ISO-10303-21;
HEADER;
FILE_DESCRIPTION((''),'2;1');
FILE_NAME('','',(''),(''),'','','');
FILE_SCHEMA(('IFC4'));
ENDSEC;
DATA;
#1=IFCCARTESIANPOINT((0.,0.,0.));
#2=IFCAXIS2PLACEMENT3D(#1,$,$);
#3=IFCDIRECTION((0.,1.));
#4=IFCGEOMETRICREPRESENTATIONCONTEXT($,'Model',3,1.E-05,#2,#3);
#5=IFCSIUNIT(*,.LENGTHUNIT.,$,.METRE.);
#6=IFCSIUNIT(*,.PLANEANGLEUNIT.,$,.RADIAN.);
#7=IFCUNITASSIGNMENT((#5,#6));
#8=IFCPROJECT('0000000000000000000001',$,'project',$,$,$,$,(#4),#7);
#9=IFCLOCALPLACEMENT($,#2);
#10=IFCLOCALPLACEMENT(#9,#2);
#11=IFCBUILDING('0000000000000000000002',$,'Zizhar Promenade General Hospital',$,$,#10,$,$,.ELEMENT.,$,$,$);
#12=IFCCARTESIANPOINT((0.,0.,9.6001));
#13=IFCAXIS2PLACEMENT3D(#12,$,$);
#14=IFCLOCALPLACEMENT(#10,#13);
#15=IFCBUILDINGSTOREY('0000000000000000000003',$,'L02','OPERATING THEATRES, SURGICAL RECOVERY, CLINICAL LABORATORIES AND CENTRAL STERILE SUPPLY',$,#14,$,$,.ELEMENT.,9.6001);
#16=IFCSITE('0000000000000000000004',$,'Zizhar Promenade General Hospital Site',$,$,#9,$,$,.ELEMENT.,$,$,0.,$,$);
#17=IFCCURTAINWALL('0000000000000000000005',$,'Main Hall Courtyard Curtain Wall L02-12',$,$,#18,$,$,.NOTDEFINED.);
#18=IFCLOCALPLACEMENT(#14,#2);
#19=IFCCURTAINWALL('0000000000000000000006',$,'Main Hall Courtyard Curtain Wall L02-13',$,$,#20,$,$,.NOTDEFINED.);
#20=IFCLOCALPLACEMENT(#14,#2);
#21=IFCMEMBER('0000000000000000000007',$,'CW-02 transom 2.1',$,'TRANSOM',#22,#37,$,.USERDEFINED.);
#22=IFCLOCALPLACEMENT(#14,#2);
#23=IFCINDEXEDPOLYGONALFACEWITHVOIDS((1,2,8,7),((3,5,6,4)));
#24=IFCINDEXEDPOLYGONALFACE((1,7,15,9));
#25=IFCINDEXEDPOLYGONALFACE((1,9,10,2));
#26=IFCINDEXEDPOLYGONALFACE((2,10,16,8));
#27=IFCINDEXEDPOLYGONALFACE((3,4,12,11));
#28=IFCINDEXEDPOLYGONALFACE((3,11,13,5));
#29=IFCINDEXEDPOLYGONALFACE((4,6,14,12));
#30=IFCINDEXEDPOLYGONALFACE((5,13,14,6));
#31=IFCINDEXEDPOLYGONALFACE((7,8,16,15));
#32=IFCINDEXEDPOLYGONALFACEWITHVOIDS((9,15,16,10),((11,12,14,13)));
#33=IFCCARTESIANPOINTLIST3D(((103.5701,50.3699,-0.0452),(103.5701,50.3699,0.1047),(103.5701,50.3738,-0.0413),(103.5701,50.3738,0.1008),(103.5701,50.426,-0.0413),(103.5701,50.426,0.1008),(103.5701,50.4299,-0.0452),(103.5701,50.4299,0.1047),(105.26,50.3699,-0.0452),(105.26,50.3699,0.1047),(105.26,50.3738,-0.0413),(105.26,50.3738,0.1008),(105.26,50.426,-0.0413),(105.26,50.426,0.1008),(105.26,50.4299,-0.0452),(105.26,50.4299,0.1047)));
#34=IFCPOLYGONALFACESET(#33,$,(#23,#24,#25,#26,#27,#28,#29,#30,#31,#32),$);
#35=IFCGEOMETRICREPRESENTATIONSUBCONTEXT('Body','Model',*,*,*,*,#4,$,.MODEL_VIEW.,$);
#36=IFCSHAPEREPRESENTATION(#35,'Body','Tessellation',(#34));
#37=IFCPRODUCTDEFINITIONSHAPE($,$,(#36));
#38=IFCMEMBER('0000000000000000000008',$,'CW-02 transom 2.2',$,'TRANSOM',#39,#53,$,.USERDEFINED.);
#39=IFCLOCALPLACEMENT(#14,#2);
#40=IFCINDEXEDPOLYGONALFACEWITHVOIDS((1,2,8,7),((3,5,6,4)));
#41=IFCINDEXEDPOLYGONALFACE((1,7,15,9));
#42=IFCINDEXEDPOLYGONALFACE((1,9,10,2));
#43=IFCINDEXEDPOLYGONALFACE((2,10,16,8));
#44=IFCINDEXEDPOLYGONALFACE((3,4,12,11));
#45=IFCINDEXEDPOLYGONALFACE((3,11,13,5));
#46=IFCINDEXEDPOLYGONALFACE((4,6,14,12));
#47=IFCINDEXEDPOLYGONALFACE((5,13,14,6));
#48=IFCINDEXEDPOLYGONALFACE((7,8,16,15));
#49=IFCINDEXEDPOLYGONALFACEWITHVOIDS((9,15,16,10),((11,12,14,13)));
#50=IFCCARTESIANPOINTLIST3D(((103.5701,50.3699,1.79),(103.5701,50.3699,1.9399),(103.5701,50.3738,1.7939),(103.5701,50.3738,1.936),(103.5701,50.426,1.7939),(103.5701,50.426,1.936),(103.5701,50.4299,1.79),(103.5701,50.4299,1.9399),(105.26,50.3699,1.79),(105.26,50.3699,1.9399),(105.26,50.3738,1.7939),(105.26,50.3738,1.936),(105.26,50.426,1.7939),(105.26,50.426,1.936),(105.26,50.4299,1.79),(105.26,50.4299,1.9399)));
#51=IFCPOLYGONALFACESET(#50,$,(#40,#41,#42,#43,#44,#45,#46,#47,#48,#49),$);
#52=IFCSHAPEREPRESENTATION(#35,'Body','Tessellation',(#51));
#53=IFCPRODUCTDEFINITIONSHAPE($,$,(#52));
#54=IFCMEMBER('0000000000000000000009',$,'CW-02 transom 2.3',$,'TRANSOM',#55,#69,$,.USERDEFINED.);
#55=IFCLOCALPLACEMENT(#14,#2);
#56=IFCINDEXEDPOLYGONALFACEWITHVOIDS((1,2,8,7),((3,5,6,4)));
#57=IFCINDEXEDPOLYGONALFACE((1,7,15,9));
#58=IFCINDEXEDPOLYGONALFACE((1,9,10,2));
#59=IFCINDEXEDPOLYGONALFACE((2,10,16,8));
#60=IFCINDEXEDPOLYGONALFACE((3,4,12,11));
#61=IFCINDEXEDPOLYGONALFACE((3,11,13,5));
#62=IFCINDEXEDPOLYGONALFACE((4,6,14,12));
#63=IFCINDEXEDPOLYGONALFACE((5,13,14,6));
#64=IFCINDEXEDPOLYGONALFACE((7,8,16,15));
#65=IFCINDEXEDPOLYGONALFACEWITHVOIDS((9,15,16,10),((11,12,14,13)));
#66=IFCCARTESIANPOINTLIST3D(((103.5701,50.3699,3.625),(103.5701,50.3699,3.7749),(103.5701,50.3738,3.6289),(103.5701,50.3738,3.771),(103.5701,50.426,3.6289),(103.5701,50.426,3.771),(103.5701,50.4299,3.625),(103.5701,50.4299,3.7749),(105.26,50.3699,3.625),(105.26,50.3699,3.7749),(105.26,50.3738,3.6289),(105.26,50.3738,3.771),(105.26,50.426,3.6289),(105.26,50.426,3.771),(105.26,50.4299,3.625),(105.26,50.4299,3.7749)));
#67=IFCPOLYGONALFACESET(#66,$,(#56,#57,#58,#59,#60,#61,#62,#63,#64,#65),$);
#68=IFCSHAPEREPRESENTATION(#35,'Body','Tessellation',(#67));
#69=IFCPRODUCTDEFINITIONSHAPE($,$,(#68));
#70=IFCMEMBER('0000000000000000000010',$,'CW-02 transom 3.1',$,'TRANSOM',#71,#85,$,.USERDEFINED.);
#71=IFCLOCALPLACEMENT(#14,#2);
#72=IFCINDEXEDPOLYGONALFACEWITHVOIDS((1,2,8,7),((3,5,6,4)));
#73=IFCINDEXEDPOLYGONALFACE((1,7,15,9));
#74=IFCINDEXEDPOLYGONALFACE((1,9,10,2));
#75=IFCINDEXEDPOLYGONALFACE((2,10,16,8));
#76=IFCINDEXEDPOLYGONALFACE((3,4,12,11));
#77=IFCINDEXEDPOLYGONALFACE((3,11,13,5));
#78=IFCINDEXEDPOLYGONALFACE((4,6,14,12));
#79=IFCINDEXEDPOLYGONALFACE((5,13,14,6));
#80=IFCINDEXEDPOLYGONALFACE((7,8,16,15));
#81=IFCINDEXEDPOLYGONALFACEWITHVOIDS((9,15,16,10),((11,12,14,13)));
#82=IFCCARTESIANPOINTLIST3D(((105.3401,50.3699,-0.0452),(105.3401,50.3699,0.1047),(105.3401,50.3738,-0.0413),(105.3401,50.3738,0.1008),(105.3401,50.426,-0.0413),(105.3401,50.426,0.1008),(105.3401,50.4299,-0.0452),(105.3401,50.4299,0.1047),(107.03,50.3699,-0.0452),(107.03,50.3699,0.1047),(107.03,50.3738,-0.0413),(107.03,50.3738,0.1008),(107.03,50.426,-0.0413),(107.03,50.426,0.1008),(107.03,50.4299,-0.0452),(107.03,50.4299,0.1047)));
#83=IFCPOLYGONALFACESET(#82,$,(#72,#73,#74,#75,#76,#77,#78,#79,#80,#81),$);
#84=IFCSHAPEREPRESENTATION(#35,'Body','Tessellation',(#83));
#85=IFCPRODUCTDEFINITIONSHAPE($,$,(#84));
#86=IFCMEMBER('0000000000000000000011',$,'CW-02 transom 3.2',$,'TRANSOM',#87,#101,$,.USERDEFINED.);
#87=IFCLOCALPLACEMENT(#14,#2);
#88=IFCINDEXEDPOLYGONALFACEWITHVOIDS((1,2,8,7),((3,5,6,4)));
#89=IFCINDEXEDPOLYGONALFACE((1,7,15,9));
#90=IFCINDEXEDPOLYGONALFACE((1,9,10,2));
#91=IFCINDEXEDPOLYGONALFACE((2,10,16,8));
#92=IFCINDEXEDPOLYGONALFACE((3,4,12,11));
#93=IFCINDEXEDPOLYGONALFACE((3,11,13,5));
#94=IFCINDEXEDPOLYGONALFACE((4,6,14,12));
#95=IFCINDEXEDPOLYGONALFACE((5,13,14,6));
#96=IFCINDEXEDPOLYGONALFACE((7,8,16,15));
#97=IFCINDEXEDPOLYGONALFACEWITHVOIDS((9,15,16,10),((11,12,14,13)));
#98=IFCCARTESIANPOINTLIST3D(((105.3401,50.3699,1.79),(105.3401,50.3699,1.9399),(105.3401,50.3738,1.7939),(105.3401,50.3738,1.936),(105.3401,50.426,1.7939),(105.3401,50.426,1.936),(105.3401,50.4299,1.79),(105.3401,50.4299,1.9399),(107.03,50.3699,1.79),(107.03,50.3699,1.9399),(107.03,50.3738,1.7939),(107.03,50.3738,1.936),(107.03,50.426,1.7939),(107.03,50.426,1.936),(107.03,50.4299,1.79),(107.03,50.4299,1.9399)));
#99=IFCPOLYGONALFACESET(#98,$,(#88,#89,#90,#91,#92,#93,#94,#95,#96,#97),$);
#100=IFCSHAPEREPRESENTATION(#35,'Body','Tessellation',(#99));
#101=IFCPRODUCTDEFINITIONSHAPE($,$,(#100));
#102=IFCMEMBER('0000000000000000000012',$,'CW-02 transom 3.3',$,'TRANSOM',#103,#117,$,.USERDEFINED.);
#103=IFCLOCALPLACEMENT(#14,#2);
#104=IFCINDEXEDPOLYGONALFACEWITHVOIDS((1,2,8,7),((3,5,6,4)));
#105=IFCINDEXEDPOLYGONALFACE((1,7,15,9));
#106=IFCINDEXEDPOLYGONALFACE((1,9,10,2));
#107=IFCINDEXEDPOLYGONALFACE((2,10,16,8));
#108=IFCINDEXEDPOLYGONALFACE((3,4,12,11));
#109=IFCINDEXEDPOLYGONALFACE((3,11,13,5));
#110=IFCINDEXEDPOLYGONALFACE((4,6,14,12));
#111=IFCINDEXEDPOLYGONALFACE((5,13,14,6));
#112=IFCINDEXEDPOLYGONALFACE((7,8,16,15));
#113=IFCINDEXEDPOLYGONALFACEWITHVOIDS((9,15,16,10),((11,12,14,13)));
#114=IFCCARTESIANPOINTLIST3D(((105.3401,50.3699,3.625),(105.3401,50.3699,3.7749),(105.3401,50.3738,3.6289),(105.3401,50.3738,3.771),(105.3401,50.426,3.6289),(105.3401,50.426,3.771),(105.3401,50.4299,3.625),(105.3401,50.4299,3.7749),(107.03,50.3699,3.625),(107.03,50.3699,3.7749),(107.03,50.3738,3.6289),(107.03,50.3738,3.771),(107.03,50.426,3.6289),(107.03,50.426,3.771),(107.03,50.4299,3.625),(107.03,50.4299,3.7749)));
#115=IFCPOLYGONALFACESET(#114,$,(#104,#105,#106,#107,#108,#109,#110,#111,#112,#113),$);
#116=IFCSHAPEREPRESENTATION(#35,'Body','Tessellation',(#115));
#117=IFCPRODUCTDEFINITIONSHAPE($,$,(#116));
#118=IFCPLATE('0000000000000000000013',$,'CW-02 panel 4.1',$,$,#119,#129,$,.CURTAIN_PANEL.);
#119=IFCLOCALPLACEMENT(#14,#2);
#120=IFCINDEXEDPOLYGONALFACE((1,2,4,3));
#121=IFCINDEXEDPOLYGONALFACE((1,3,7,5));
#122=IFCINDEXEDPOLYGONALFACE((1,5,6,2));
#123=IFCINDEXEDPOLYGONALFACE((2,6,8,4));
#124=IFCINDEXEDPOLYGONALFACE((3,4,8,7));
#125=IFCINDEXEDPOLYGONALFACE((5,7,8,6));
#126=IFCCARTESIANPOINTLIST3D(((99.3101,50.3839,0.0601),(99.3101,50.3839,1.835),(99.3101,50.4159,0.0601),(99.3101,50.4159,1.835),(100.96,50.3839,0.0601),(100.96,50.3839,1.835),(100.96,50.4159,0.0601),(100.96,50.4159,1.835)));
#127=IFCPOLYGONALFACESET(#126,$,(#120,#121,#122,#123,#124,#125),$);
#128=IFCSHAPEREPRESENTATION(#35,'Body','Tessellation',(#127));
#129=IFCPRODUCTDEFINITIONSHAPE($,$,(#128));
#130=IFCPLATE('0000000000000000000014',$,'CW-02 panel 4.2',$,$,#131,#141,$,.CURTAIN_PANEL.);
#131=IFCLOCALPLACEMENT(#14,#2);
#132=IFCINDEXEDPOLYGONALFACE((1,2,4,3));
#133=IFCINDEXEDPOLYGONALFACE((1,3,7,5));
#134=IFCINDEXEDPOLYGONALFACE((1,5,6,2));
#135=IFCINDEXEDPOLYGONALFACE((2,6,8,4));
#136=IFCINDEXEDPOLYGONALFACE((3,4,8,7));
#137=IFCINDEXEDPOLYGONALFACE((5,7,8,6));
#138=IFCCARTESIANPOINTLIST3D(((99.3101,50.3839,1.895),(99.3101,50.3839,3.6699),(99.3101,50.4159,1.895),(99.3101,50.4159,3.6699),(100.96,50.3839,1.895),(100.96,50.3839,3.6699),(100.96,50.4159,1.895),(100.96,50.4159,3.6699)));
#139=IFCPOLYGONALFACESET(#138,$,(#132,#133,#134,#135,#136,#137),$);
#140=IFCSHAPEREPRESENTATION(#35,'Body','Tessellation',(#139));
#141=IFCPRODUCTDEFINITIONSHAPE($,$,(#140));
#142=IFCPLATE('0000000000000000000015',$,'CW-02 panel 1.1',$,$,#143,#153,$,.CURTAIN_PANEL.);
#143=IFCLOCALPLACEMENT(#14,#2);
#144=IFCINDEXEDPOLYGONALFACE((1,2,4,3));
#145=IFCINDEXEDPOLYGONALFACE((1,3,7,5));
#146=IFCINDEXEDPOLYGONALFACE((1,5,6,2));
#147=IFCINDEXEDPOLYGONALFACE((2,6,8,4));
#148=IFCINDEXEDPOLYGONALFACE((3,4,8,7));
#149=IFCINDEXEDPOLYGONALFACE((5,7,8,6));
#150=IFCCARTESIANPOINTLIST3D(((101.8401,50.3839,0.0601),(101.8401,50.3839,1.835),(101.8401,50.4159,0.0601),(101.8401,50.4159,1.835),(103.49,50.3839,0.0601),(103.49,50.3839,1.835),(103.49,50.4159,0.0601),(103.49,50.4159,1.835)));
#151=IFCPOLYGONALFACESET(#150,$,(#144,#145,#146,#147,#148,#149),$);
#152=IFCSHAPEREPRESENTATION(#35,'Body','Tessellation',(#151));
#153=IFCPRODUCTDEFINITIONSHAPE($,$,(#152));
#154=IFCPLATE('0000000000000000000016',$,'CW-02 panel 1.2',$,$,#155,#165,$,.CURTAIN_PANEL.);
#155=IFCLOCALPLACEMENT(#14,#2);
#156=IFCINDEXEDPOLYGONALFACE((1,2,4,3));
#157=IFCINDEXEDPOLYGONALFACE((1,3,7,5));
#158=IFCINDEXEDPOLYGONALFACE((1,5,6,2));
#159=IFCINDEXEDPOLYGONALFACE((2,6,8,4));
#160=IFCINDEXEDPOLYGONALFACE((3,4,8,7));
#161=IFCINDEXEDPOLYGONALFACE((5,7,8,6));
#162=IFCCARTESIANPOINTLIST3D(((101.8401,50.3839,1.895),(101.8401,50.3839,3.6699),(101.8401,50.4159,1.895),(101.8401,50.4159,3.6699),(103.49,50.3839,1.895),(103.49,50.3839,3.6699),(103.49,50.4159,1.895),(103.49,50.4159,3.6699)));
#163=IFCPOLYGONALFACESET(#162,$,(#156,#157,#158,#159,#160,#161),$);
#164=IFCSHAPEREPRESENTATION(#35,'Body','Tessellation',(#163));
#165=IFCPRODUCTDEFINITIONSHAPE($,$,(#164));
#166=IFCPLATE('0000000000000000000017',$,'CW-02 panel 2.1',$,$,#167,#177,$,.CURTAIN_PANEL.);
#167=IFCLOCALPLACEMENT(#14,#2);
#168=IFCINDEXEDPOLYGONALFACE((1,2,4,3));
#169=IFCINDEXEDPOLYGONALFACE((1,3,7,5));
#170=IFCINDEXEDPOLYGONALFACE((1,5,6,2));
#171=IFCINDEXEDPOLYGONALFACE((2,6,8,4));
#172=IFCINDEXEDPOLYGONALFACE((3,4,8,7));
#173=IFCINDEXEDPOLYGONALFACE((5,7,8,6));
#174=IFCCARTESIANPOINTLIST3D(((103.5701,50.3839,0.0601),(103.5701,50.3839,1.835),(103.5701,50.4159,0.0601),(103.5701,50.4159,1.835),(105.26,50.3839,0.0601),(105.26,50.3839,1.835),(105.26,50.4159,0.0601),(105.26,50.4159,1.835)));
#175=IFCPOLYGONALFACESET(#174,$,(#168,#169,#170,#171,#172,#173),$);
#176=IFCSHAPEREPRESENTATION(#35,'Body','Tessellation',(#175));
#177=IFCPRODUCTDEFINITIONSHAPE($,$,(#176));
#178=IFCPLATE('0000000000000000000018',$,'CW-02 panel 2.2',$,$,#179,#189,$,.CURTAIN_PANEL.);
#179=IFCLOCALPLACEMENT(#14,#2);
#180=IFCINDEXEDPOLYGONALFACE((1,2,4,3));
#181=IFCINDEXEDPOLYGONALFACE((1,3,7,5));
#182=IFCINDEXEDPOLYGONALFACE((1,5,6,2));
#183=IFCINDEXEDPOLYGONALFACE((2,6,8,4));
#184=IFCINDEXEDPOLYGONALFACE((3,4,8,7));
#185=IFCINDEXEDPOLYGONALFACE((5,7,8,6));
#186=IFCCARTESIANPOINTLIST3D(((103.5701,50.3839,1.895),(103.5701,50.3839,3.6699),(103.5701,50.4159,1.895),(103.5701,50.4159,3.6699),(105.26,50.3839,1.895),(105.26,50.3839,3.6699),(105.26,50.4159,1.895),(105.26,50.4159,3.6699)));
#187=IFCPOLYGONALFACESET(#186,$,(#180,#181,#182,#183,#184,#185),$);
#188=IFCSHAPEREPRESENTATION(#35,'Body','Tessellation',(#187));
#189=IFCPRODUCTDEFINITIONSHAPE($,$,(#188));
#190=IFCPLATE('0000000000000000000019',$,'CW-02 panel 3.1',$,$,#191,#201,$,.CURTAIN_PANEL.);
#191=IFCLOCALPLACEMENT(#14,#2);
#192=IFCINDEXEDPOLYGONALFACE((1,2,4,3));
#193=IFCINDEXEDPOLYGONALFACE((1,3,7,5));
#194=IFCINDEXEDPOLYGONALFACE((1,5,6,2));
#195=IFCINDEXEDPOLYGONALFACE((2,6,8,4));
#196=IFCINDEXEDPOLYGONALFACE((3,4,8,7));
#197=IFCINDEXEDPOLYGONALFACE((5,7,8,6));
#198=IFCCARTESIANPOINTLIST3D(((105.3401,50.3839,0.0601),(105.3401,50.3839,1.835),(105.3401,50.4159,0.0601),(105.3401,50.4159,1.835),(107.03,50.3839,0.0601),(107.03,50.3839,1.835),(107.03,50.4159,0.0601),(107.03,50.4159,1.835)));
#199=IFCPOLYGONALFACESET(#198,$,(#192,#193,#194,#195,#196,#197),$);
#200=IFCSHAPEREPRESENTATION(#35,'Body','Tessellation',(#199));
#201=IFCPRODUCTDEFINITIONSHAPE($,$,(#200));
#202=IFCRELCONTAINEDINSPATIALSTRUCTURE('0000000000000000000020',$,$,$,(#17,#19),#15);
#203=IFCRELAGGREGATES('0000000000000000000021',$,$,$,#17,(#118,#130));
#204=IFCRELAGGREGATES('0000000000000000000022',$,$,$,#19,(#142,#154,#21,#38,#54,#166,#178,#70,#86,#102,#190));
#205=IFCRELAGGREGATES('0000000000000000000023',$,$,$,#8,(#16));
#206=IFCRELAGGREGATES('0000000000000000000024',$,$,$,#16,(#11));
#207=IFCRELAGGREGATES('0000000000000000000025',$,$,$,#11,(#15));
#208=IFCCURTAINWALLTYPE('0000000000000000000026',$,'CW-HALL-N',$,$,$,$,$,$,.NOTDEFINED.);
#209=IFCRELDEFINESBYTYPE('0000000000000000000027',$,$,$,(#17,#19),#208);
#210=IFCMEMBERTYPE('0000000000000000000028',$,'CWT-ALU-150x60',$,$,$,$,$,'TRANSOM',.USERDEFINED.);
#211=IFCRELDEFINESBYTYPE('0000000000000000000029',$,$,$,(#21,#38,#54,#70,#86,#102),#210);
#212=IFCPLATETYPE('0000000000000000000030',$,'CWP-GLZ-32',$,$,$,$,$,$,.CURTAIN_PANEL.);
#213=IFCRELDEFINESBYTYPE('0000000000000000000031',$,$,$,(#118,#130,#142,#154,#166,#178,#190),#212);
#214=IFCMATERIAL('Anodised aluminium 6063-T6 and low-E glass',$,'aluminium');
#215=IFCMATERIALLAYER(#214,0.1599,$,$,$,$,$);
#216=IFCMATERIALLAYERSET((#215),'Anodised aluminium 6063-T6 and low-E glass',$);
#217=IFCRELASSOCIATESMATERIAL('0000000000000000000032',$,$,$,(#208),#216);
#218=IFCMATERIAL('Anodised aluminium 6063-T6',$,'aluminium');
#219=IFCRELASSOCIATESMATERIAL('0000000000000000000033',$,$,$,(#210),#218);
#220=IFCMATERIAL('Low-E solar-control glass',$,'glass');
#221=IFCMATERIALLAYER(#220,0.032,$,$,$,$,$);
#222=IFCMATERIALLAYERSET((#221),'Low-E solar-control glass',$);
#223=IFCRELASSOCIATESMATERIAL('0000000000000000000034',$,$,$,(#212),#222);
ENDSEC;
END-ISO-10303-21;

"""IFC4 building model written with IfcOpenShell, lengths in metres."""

from ifc_helpers import new_model, si_unit, direction, frame, origin, origin_2d, place, context, subcontext, project, spatial, rectangle, hollow_rectangle, extrude, material, layer, layer_set, material_profile, profile_set, type_object, element, aggregate, save


model = new_model("IFC4")

# Units and contexts
model_context = context("Model", 3, precision=1e-05, world=origin(), true_north=direction((0.0, 1.0)))
body_context = subcontext(model_context, "Body", "Model", "MODEL_VIEW")
ifc_project = project(units=[si_unit("LENGTHUNIT", "METRE"), si_unit("PLANEANGLEUNIT", "RADIAN")], contexts=[model_context])

# Site, building, storey
site_placement = place(None, origin())
site = spatial("IfcSite", under=ifc_project, at=site_placement, Name="Zizhar Promenade General Hospital Site", CompositionType="ELEMENT", RefElevation=0.0)
building_placement = place(site_placement, origin())
building = spatial("IfcBuilding", under=site, at=building_placement, Name="Zizhar Promenade General Hospital", CompositionType="ELEMENT")
storey_placement = place(building_placement, frame((0.0, 0.0, 9.6001)))
storey = spatial("IfcBuildingStorey", under=building, at=storey_placement, Name="L02", Description="OPERATING THEATRES, SURGICAL RECOVERY, CLINICAL LABORATORIES AND CENTRAL STERILE SUPPLY", CompositionType="ELEMENT", Elevation=9.6001)

# Curtain wall
ifc_material_1 = material(Name="Anodised aluminium 6063-T6 and low-E glass", Category="aluminium")
ifc_layer_1 = layer(ifc_material_1, 0.1599)
ifc_layer_set_1 = layer_set([ifc_layer_1], Name="Anodised aluminium 6063-T6 and low-E glass")
curtain_wall_type = type_object("IfcCurtainWallType", Name="CW-HALL-N", PredefinedType="NOTDEFINED", material=ifc_layer_set_1)
curtain_wall_1_placement = place(storey_placement, origin())
curtain_wall_1 = element("IfcCurtainWall", 1, at=curtain_wall_1_placement, inside=storey, type_object=curtain_wall_type, Name="Main Hall Courtyard Curtain Wall L02-12", PredefinedType="NOTDEFINED")

# Curtain wall
curtain_wall_2_placement = place(storey_placement, origin())
curtain_wall_2 = element("IfcCurtainWall", 2, at=curtain_wall_2_placement, inside=storey, type_object=curtain_wall_type, Name="Main Hall Courtyard Curtain Wall L02-13", PredefinedType="NOTDEFINED")

# Members
ifc_material_2 = material(Name="Anodised aluminium 6063-T6", Category="aluminium")
ifc_material_profile_1 = material_profile(ifc_material_2, hollow_rectangle(XDim=0.0601, YDim=0.1499, WallThickness=0.0039, at=origin_2d()))
ifc_profile_set_1 = profile_set([ifc_material_profile_1], Name="Anodised aluminium 6063-T6")
member_type_1 = type_object("IfcMemberType", Name="CWT-ALU-150x60", ElementType="TRANSOM", PredefinedType="USERDEFINED", material=ifc_profile_set_1)
member_1_placement = place(storey_placement, frame((103.5701, 50.3999, 0.0298), z_axis=(1.0, 0.0, 0.0), x_axis=(0.0, 1.0, 0.0)))
member_1 = element("IfcMember", 3, at=member_1_placement, type_object=member_type_1, Name="CW-02 transom 2.1", ObjectType="TRANSOM", PredefinedType="USERDEFINED", context=body_context, shape_type="SweptSolid", body=[
    extrude(hollow_rectangle(XDim=0.0601, YDim=0.1499, WallThickness=0.0039, at=origin_2d()), origin(), (0.0, 0.0, 1.0), 1.6899),
])
member_2_placement = place(storey_placement, frame((103.5701, 50.3999, 1.865), z_axis=(1.0, 0.0, 0.0), x_axis=(0.0, 1.0, 0.0)))
member_2 = element("IfcMember", 4, at=member_2_placement, type_object=member_type_1, Name="CW-02 transom 2.2", ObjectType="TRANSOM", PredefinedType="USERDEFINED", context=body_context, shape_type="SweptSolid", body=[
    extrude(hollow_rectangle(XDim=0.0601, YDim=0.1499, WallThickness=0.0039, at=origin_2d()), origin(), (0.0, 0.0, 1.0), 1.6899),
])
member_3_placement = place(storey_placement, frame((103.5701, 50.3999, 3.7), z_axis=(1.0, 0.0, 0.0), x_axis=(0.0, 1.0, 0.0)))
member_3 = element("IfcMember", 5, at=member_3_placement, type_object=member_type_1, Name="CW-02 transom 2.3", ObjectType="TRANSOM", PredefinedType="USERDEFINED", context=body_context, shape_type="SweptSolid", body=[
    extrude(hollow_rectangle(XDim=0.0601, YDim=0.1499, WallThickness=0.0039, at=origin_2d()), origin(), (0.0, 0.0, 1.0), 1.6899),
])
member_4_placement = place(storey_placement, frame((105.3401, 50.3999, 0.0298), z_axis=(1.0, 0.0, 0.0), x_axis=(0.0, 1.0, 0.0)))
member_4 = element("IfcMember", 6, at=member_4_placement, type_object=member_type_1, Name="CW-02 transom 3.1", ObjectType="TRANSOM", PredefinedType="USERDEFINED", context=body_context, shape_type="SweptSolid", body=[
    extrude(hollow_rectangle(XDim=0.0601, YDim=0.1499, WallThickness=0.0039, at=origin_2d()), origin(), (0.0, 0.0, 1.0), 1.6899),
])
member_5_placement = place(storey_placement, frame((105.3401, 50.3999, 1.865), z_axis=(1.0, 0.0, 0.0), x_axis=(0.0, 1.0, 0.0)))
member_5 = element("IfcMember", 7, at=member_5_placement, type_object=member_type_1, Name="CW-02 transom 3.2", ObjectType="TRANSOM", PredefinedType="USERDEFINED", context=body_context, shape_type="SweptSolid", body=[
    extrude(hollow_rectangle(XDim=0.0601, YDim=0.1499, WallThickness=0.0039, at=origin_2d()), origin(), (0.0, 0.0, 1.0), 1.6899),
])
member_6_placement = place(storey_placement, frame((105.3401, 50.3999, 3.7), z_axis=(1.0, 0.0, 0.0), x_axis=(0.0, 1.0, 0.0)))
member_6 = element("IfcMember", 8, at=member_6_placement, type_object=member_type_1, Name="CW-02 transom 3.3", ObjectType="TRANSOM", PredefinedType="USERDEFINED", context=body_context, shape_type="SweptSolid", body=[
    extrude(hollow_rectangle(XDim=0.0601, YDim=0.1499, WallThickness=0.0039, at=origin_2d()), origin(), (0.0, 0.0, 1.0), 1.6899),
])

# Plates
ifc_material_3 = material(Name="Low-E solar-control glass", Category="glass")
ifc_layer_2 = layer(ifc_material_3, 0.032)
ifc_layer_set_2 = layer_set([ifc_layer_2], Name="Low-E solar-control glass")
plate_type = type_object("IfcPlateType", Name="CWP-GLZ-32", PredefinedType="CURTAIN_PANEL", material=ifc_layer_set_2)
plate_1_placement = place(storey_placement, frame((100.135, 50.3999, 0.0601), z_axis=(0.0, 0.0, 1.0), x_axis=(1.0, 0.0, 0.0)))
plate_1 = element("IfcPlate", 9, at=plate_1_placement, type_object=plate_type, Name="CW-02 panel 4.1", PredefinedType="CURTAIN_PANEL", context=body_context, shape_type="SweptSolid", body=[
    extrude(rectangle(XDim=1.6499, YDim=0.032, at=origin_2d()), origin(), (0.0, 0.0, 1.0), 1.7749),
])
plate_2_placement = place(storey_placement, frame((100.135, 50.3999, 1.895), z_axis=(0.0, 0.0, 1.0), x_axis=(1.0, 0.0, 0.0)))
plate_2 = element("IfcPlate", 10, at=plate_2_placement, type_object=plate_type, Name="CW-02 panel 4.2", PredefinedType="CURTAIN_PANEL", context=body_context, shape_type="SweptSolid", body=[
    extrude(rectangle(XDim=1.6499, YDim=0.032, at=origin_2d()), origin(), (0.0, 0.0, 1.0), 1.7749),
])
aggregate(curtain_wall_1, [plate_1, plate_2])
plate_3_placement = place(storey_placement, frame((102.665, 50.3999, 0.0601), z_axis=(0.0, 0.0, 1.0), x_axis=(1.0, 0.0, 0.0)))
plate_3 = element("IfcPlate", 11, at=plate_3_placement, type_object=plate_type, Name="CW-02 panel 1.1", PredefinedType="CURTAIN_PANEL", context=body_context, shape_type="SweptSolid", body=[
    extrude(rectangle(XDim=1.6499, YDim=0.032, at=origin_2d()), origin(), (0.0, 0.0, 1.0), 1.7749),
])
plate_4_placement = place(storey_placement, frame((102.665, 50.3999, 1.895), z_axis=(0.0, 0.0, 1.0), x_axis=(1.0, 0.0, 0.0)))
plate_4 = element("IfcPlate", 12, at=plate_4_placement, type_object=plate_type, Name="CW-02 panel 1.2", PredefinedType="CURTAIN_PANEL", context=body_context, shape_type="SweptSolid", body=[
    extrude(rectangle(XDim=1.6499, YDim=0.032, at=origin_2d()), origin(), (0.0, 0.0, 1.0), 1.7749),
])
plate_5_placement = place(storey_placement, frame((104.415, 50.3999, 0.0601), z_axis=(0.0, 0.0, 1.0), x_axis=(1.0, 0.0, 0.0)))
plate_5 = element("IfcPlate", 13, at=plate_5_placement, type_object=plate_type, Name="CW-02 panel 2.1", PredefinedType="CURTAIN_PANEL", context=body_context, shape_type="SweptSolid", body=[
    extrude(rectangle(XDim=1.6899, YDim=0.032, at=origin_2d()), origin(), (0.0, 0.0, 1.0), 1.7749),
])
plate_6_placement = place(storey_placement, frame((104.415, 50.3999, 1.895), z_axis=(0.0, 0.0, 1.0), x_axis=(1.0, 0.0, 0.0)))
plate_6 = element("IfcPlate", 14, at=plate_6_placement, type_object=plate_type, Name="CW-02 panel 2.2", PredefinedType="CURTAIN_PANEL", context=body_context, shape_type="SweptSolid", body=[
    extrude(rectangle(XDim=1.6899, YDim=0.032, at=origin_2d()), origin(), (0.0, 0.0, 1.0), 1.7749),
])
plate_7_placement = place(storey_placement, frame((106.1851, 50.3999, 0.0601), z_axis=(0.0, 0.0, 1.0), x_axis=(1.0, 0.0, 0.0)))
plate_7 = element("IfcPlate", 15, at=plate_7_placement, type_object=plate_type, Name="CW-02 panel 3.1", PredefinedType="CURTAIN_PANEL", context=body_context, shape_type="SweptSolid", body=[
    extrude(rectangle(XDim=1.6899, YDim=0.032, at=origin_2d()), origin(), (0.0, 0.0, 1.0), 1.7749),
])
aggregate(curtain_wall_2, [plate_3, plate_4, member_1, member_2, member_3, plate_5, plate_6, member_4, member_5, member_6, plate_7])

save(model, "model.ifc")
